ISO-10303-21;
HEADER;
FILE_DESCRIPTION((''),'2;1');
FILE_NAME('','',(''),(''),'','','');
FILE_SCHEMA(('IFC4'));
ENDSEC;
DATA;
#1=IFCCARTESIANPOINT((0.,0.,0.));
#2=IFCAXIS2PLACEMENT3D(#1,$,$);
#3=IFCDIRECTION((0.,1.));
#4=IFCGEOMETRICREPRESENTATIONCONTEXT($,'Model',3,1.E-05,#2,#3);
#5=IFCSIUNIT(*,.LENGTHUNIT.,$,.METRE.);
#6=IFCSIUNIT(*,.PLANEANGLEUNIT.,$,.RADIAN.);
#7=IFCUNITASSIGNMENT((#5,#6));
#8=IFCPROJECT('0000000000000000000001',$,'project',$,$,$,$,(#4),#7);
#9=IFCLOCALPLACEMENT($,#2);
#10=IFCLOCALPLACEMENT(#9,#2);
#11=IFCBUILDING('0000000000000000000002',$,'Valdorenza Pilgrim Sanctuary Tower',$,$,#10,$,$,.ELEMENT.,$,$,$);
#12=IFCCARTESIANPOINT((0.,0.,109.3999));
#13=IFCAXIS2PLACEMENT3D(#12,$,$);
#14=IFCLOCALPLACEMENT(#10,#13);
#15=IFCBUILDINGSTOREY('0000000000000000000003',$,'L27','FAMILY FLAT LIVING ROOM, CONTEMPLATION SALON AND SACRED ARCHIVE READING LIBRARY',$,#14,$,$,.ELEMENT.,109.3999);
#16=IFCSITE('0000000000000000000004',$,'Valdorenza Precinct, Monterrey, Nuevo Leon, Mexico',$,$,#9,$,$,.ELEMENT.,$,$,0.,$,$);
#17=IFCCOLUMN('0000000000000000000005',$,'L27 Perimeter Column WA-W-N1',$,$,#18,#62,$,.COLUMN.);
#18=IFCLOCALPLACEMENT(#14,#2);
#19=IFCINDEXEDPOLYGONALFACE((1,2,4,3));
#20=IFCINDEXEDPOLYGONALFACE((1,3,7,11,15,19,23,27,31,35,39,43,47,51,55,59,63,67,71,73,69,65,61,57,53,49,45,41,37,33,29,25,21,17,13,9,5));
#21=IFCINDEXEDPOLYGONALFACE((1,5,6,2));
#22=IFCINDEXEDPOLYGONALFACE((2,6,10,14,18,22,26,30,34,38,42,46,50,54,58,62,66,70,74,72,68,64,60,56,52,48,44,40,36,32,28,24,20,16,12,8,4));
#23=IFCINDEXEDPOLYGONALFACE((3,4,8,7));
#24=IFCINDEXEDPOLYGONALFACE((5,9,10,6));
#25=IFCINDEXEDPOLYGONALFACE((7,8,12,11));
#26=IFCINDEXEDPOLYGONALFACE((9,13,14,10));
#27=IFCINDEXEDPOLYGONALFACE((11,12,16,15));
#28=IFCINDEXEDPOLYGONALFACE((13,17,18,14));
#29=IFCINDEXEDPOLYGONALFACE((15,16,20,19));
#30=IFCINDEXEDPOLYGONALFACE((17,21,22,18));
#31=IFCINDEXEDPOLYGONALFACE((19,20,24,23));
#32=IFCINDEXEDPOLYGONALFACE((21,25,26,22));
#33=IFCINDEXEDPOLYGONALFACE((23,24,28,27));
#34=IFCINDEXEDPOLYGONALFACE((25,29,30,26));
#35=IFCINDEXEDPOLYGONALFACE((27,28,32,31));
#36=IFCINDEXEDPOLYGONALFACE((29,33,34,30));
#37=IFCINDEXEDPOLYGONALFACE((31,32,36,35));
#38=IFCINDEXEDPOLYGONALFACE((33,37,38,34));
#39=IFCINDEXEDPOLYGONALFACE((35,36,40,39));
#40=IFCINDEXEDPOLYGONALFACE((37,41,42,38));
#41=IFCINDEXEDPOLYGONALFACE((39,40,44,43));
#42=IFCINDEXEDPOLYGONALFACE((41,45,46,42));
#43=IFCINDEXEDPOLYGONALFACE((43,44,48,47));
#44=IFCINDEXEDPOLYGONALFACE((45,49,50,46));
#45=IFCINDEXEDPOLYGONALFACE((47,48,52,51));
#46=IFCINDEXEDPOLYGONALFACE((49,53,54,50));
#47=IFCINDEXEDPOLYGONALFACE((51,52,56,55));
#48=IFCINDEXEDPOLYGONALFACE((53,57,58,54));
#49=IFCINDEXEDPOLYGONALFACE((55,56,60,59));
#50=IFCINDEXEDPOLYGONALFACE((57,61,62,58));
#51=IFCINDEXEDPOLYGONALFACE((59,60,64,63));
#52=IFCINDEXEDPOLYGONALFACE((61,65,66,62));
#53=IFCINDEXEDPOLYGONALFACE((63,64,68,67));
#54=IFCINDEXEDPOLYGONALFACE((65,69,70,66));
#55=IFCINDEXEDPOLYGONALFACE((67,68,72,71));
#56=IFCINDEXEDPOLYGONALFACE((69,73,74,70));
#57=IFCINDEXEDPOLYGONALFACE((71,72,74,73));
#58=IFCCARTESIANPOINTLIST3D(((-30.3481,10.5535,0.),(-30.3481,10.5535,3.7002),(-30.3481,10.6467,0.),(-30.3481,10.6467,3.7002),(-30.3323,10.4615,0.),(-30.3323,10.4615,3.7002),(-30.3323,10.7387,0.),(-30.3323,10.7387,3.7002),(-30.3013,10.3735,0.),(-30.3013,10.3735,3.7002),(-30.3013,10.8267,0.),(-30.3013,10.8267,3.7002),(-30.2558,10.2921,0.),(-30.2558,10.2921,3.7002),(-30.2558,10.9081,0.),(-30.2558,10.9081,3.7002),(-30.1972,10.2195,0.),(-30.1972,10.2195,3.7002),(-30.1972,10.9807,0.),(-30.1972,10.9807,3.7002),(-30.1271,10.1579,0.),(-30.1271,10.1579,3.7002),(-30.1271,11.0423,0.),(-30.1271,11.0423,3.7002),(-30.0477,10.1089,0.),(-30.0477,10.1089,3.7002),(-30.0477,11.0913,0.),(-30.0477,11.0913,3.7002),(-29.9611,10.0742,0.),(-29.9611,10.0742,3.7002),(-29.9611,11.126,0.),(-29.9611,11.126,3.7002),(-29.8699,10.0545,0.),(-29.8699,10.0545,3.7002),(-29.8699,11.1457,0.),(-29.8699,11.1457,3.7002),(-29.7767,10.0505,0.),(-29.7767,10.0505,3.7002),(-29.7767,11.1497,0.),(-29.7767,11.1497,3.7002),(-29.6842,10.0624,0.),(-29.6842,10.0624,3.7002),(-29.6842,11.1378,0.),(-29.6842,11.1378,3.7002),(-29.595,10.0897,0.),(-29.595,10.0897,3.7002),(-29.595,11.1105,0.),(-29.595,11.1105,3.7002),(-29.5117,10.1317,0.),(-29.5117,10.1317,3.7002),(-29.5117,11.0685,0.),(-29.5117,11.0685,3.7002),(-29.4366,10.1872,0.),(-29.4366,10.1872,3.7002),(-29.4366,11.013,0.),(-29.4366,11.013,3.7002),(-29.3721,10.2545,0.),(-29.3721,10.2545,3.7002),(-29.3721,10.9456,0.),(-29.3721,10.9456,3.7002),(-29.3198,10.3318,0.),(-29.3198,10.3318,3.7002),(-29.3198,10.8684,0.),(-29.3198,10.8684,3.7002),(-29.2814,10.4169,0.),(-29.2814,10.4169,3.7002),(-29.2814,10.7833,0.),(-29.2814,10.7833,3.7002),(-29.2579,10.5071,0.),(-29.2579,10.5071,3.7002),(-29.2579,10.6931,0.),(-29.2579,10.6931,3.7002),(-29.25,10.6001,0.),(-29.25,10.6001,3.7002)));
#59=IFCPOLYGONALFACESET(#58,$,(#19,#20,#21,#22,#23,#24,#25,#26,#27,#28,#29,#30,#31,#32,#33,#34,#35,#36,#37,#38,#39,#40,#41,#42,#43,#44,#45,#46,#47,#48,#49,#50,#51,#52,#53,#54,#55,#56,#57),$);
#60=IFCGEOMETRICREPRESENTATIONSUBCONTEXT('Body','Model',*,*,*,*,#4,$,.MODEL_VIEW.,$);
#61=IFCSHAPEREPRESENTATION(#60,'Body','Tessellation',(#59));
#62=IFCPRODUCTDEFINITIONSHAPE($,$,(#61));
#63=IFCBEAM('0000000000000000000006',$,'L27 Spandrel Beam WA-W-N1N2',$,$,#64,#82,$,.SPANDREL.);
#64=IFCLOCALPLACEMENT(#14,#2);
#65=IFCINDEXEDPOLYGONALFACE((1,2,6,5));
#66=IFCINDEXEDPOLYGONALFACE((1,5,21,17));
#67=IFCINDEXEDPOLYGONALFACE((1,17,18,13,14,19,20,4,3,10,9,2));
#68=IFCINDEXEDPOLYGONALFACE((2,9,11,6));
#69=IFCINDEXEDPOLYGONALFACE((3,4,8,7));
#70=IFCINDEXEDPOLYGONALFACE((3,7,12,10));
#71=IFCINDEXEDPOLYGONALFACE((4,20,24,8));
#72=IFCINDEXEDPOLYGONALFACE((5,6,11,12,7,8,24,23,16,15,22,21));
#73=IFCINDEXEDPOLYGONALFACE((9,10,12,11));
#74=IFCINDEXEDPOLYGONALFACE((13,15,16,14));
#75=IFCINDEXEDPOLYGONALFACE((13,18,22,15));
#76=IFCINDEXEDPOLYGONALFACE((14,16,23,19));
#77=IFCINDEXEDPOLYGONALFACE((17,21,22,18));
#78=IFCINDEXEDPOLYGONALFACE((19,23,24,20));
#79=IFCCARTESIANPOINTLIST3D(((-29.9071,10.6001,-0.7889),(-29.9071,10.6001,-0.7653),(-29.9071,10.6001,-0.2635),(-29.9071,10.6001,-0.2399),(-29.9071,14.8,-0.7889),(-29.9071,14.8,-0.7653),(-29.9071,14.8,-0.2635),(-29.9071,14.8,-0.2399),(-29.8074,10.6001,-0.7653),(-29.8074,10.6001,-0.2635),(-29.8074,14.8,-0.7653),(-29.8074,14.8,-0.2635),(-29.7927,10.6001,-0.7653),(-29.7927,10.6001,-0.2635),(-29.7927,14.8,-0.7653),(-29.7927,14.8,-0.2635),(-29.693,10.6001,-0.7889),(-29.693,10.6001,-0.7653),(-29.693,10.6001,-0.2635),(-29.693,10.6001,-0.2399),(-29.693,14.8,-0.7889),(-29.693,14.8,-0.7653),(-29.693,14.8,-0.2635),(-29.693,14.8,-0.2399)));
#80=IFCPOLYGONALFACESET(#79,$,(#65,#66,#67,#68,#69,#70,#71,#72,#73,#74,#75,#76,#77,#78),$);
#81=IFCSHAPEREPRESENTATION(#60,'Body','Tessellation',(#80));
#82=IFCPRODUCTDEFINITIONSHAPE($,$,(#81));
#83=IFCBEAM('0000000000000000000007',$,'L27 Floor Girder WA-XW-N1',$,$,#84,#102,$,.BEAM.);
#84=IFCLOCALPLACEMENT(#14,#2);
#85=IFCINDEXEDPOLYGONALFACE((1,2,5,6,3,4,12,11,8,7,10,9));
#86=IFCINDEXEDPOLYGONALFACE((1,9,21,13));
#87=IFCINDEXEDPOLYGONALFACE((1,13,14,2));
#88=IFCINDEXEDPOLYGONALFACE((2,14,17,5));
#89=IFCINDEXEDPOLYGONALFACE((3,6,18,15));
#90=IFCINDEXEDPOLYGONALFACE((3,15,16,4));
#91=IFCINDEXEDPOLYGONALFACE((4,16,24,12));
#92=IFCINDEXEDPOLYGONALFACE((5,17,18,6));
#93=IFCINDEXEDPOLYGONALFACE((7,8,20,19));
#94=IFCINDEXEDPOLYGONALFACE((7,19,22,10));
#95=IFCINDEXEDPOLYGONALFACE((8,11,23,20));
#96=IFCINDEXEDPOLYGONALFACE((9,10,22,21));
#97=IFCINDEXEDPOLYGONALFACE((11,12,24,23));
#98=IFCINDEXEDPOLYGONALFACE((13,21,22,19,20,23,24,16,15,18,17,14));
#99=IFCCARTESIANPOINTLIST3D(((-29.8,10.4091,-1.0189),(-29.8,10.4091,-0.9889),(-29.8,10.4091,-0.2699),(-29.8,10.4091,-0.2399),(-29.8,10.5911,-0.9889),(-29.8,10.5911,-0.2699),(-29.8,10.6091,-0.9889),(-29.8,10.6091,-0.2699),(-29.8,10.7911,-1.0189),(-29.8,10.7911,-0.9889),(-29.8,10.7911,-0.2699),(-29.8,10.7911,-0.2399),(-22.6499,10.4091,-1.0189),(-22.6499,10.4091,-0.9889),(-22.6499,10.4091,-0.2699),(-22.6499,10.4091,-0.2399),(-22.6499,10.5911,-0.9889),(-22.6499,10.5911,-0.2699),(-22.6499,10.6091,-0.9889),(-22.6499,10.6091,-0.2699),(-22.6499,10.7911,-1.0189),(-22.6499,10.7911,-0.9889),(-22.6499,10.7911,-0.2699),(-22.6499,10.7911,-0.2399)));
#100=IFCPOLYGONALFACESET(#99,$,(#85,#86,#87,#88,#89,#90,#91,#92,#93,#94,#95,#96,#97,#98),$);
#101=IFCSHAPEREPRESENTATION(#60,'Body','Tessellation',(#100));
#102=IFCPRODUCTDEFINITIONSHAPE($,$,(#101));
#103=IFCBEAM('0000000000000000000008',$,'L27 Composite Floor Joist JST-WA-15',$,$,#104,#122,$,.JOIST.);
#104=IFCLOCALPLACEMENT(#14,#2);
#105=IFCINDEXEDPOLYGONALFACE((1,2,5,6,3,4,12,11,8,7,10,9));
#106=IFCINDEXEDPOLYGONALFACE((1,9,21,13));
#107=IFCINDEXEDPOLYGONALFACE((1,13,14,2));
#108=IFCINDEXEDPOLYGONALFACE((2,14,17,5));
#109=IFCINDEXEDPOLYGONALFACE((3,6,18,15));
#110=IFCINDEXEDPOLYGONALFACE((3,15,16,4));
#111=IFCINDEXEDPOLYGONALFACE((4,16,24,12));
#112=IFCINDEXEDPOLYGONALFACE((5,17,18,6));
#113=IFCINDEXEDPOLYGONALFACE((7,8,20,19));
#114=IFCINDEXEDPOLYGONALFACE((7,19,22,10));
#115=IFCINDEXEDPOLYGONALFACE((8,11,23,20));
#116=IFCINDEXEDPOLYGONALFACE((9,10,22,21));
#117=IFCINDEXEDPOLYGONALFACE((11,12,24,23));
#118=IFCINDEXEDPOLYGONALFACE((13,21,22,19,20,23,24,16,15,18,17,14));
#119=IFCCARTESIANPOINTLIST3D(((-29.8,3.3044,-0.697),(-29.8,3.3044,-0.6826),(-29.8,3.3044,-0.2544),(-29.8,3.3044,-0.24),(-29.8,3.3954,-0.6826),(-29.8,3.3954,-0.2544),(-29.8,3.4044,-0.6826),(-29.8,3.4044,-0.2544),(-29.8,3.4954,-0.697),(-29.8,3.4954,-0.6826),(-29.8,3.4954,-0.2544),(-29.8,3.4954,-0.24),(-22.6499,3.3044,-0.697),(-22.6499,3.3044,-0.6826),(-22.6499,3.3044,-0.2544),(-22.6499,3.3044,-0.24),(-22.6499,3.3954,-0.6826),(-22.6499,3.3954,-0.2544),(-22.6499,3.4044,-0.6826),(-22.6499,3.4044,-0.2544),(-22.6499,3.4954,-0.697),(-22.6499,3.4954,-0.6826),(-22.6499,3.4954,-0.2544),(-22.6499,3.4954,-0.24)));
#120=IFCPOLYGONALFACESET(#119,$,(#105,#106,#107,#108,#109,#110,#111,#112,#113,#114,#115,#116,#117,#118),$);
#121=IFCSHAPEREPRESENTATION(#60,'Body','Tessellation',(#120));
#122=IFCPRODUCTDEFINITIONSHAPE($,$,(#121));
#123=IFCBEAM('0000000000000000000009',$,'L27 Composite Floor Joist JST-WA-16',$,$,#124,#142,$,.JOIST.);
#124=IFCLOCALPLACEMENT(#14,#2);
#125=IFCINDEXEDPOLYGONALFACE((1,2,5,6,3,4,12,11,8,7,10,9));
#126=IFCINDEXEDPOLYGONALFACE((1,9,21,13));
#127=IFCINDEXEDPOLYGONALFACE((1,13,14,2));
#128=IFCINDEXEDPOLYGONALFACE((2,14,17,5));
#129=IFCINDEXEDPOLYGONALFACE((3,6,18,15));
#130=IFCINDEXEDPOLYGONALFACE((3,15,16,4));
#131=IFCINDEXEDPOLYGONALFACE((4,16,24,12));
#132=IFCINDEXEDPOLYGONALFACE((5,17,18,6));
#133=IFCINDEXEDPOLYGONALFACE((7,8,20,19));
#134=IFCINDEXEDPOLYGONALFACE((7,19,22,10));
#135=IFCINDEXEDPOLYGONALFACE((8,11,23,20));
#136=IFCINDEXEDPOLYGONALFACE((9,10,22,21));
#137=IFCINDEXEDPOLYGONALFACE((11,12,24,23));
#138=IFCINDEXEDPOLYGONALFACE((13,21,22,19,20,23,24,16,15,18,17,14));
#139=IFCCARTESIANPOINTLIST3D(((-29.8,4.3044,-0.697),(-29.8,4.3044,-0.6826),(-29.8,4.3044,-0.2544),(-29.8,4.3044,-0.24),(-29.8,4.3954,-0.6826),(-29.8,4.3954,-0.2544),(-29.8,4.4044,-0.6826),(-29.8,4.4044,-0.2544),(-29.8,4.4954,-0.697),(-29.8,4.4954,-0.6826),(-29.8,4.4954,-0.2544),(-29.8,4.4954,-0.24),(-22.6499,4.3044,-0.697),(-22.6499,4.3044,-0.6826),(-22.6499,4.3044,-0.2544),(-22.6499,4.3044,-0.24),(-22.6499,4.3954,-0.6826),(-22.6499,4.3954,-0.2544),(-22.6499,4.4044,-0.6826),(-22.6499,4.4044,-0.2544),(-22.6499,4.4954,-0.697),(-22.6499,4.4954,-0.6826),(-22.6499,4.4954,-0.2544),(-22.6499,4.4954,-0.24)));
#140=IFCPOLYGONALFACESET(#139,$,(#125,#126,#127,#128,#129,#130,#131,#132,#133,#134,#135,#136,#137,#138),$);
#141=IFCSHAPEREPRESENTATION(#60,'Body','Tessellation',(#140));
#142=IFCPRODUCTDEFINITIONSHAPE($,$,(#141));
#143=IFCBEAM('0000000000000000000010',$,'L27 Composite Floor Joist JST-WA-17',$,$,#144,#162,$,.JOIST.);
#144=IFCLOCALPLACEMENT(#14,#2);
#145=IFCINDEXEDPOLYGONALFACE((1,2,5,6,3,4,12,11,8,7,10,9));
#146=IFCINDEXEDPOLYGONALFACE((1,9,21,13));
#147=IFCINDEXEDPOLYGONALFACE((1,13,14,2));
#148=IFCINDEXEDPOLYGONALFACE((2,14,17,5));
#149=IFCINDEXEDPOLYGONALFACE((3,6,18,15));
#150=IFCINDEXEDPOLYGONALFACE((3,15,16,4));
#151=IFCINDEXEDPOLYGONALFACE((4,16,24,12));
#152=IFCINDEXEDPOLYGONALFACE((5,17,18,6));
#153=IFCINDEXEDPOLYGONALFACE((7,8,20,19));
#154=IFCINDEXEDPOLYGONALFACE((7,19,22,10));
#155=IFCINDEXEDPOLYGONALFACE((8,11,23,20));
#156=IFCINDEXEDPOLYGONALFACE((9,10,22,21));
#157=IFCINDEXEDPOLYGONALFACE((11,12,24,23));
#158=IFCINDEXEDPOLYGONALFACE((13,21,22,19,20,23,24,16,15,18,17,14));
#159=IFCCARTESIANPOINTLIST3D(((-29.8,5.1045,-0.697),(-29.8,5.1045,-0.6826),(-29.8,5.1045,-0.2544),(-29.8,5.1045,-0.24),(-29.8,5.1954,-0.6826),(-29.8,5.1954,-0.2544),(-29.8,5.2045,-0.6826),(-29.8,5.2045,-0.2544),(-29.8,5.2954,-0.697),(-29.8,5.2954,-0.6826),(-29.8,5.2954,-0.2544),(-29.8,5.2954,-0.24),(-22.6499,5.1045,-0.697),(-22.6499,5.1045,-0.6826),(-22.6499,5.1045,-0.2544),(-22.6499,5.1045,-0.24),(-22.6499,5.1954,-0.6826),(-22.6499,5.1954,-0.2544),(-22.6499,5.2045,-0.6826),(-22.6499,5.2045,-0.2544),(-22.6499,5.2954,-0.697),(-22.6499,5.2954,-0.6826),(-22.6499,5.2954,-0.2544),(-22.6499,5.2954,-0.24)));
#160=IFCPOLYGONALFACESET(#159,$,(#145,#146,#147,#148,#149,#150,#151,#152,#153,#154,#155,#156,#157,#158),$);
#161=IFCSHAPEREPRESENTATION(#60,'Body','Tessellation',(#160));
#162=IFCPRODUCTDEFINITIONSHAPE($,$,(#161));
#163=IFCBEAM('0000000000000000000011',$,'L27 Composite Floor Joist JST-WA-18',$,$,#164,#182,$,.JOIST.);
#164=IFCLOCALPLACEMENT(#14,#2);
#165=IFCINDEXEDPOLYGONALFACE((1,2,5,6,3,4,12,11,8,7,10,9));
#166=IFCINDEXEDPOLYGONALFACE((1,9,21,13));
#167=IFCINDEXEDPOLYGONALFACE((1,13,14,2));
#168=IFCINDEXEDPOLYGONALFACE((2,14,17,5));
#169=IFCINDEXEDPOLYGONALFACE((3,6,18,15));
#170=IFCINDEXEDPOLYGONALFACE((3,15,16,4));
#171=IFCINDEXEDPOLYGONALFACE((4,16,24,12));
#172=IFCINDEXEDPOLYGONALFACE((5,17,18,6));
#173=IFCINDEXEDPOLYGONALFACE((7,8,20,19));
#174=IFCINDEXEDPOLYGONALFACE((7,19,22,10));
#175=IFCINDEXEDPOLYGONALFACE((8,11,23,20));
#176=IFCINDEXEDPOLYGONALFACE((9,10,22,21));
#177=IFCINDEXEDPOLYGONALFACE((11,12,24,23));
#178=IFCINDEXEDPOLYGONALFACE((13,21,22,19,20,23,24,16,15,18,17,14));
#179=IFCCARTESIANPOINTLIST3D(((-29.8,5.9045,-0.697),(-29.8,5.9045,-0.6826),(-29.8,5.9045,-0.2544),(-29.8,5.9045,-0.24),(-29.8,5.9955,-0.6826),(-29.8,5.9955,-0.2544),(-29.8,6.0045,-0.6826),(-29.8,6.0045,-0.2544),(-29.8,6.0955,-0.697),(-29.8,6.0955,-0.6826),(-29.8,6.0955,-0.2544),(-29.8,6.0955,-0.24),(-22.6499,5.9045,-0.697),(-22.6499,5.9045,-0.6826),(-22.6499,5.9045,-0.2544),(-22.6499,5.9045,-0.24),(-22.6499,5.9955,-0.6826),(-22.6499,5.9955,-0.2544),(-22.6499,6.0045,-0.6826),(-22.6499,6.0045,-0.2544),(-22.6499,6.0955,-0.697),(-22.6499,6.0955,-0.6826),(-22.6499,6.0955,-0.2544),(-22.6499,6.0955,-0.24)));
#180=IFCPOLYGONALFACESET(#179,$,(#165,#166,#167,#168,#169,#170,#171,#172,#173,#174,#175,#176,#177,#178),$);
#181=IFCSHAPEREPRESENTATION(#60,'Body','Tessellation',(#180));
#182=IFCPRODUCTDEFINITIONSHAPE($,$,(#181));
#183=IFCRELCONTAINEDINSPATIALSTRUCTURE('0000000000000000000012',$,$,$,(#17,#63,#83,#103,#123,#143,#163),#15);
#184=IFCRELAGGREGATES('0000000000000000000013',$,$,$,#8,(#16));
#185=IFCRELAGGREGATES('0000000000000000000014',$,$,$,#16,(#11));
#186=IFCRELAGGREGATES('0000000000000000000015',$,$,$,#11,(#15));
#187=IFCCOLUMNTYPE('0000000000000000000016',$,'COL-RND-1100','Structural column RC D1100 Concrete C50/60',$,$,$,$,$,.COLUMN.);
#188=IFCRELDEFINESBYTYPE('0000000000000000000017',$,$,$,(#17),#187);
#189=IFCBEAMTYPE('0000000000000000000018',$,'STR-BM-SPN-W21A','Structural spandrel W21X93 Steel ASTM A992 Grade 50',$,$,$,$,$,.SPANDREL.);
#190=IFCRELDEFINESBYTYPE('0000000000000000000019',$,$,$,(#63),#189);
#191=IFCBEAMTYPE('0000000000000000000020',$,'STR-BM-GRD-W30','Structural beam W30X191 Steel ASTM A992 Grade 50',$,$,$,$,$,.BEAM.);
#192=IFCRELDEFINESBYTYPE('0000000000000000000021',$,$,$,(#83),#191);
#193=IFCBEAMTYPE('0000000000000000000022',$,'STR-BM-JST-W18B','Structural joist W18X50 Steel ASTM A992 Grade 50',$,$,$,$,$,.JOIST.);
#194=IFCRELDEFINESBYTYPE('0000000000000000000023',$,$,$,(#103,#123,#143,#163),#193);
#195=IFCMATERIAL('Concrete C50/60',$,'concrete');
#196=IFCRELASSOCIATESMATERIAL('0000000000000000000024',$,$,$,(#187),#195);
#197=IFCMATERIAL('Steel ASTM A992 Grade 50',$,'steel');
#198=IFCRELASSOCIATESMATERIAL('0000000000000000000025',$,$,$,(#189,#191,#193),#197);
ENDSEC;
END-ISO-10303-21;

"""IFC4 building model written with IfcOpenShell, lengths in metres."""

from ifc_helpers import new_model, si_unit, direction, frame, origin, origin_2d, place, context, subcontext, project, spatial, circle, i_section, extrude, source, transform, mapped, material, material_profile, profile_set, type_object, element, save


model = new_model("IFC4")

# Units and contexts
model_context = context("Model", 3, precision=1e-05, world=origin(), true_north=direction((0.0, 1.0)))
body_context = subcontext(model_context, "Body", "Model", "MODEL_VIEW")
ifc_project = project(units=[si_unit("LENGTHUNIT", "METRE"), si_unit("PLANEANGLEUNIT", "RADIAN")], contexts=[model_context])

# Site, building, storey
site_placement = place(None, origin())
site = spatial("IfcSite", under=ifc_project, at=site_placement, Name="Valdorenza Precinct, Monterrey, Nuevo Leon, Mexico", CompositionType="ELEMENT", RefElevation=0.0)
building_placement = place(site_placement, origin())
building = spatial("IfcBuilding", under=site, at=building_placement, Name="Valdorenza Pilgrim Sanctuary Tower", CompositionType="ELEMENT")
storey_placement = place(building_placement, frame((0.0, 0.0, 109.3999)))
storey = spatial("IfcBuildingStorey", under=building, at=storey_placement, Name="L27", Description="FAMILY FLAT LIVING ROOM, CONTEMPLATION SALON AND SACRED ARCHIVE READING LIBRARY", CompositionType="ELEMENT", Elevation=109.3999)

# Column
ifc_material_1 = material(Name="Concrete C50/60", Category="concrete")
ifc_material_profile_1 = material_profile(ifc_material_1, circle(Radius=0.55, at=origin_2d()), Name="RC D1100")
ifc_profile_set_1 = profile_set([ifc_material_profile_1], Name="Concrete C50/60")
column_type = type_object("IfcColumnType", Name="COL-RND-1100", Description="Structural column RC D1100 Concrete C50/60", PredefinedType="COLUMN", material=ifc_profile_set_1)
shared_shape_1 = source(origin(), body_context, "Body", "SweptSolid", [
    extrude(circle(Radius=0.55, at=origin_2d()), origin(), (0.0, 0.0, 1.0), 3.7002),
])
column_placement = place(storey_placement, frame((-29.8, 10.6001, 0.0), z_axis=(0.0, 0.0, 1.0), x_axis=(1.0, 0.0, 0.0)))
element("IfcColumn", 1, at=column_placement, inside=storey, type_object=column_type, Name="L27 Perimeter Column WA-W-N1", PredefinedType="COLUMN", context=body_context, shape_type="MappedRepresentation", body=[
    mapped(shared_shape_1, transform((0.0, 0.0, 0.0), x_axis=(1.0, 0.0, 0.0), y_axis=(0.0, 1.0, 0.0), z_axis=(0.0, 0.0, 1.0), scale=1.0)),
])

# Beams
ifc_material_2 = material(Name="Steel ASTM A992 Grade 50", Category="steel")
ifc_material_profile_2 = material_profile(ifc_material_2, i_section(OverallWidth=0.2141, OverallDepth=0.5491, WebThickness=0.0146, FlangeThickness=0.0237, at=origin_2d()), Name="W21X93")
ifc_profile_set_2 = profile_set([ifc_material_profile_2], Name="Steel ASTM A992 Grade 50")
beam_type_1 = type_object("IfcBeamType", Name="STR-BM-SPN-W21A", Description="Structural spandrel W21X93 Steel ASTM A992 Grade 50", PredefinedType="SPANDREL", material=ifc_profile_set_2)
shared_shape_2 = source(origin(), body_context, "Body", "SweptSolid", [
    extrude(i_section(OverallWidth=0.2141, OverallDepth=0.5491, WebThickness=0.0146, FlangeThickness=0.0237, at=origin_2d()), origin(), (0.0, 0.0, 1.0), 4.2),
])
beam_1_placement = place(storey_placement, frame((-29.8, 10.6001, -0.5144), z_axis=(0.0, 1.0, 0.0), x_axis=(-1.0, 0.0, 0.0)))
element("IfcBeam", 2, at=beam_1_placement, inside=storey, type_object=beam_type_1, Name="L27 Spandrel Beam WA-W-N1N2", PredefinedType="SPANDREL", context=body_context, shape_type="MappedRepresentation", body=[
    mapped(shared_shape_2, transform((0.0, 0.0, 0.0), x_axis=(1.0, 0.0, 0.0), y_axis=(0.0, 1.0, 0.0), z_axis=(0.0, 0.0, 1.0), scale=1.0)),
])
ifc_material_profile_3 = material_profile(ifc_material_2, i_section(OverallWidth=0.3821, OverallDepth=0.7791, WebThickness=0.0181, FlangeThickness=0.03, at=origin_2d()), Name="W30X191")
ifc_profile_set_3 = profile_set([ifc_material_profile_3], Name="Steel ASTM A992 Grade 50")
beam_type_2 = type_object("IfcBeamType", Name="STR-BM-GRD-W30", Description="Structural beam W30X191 Steel ASTM A992 Grade 50", PredefinedType="BEAM", material=ifc_profile_set_3)
shared_shape_3 = source(origin(), body_context, "Body", "SweptSolid", [
    extrude(i_section(OverallWidth=0.3821, OverallDepth=0.7791, WebThickness=0.0181, FlangeThickness=0.03, at=origin_2d()), origin(), (0.0, 0.0, 1.0), 7.1501),
])
beam_2_placement = place(storey_placement, frame((-29.8, 10.6001, -0.6294), z_axis=(1.0, 0.0, 0.0), x_axis=(0.0, 1.0, 0.0)))
element("IfcBeam", 3, at=beam_2_placement, inside=storey, type_object=beam_type_2, Name="L27 Floor Girder WA-XW-N1", PredefinedType="BEAM", context=body_context, shape_type="MappedRepresentation", body=[
    mapped(shared_shape_3, transform((0.0, 0.0, 0.0), x_axis=(1.0, 0.0, 0.0), y_axis=(0.0, 1.0, 0.0), z_axis=(0.0, 0.0, 1.0), scale=1.0)),
])
ifc_material_profile_4 = material_profile(ifc_material_2, i_section(OverallWidth=0.1909, OverallDepth=0.457, WebThickness=0.009, FlangeThickness=0.0144, at=origin_2d()), Name="W18X50")
ifc_profile_set_4 = profile_set([ifc_material_profile_4], Name="Steel ASTM A992 Grade 50")
beam_type_3 = type_object("IfcBeamType", Name="STR-BM-JST-W18B", Description="Structural joist W18X50 Steel ASTM A992 Grade 50", PredefinedType="JOIST", material=ifc_profile_set_4)
shared_shape_4 = source(origin(), body_context, "Body", "SweptSolid", [
    extrude(i_section(OverallWidth=0.1909, OverallDepth=0.457, WebThickness=0.009, FlangeThickness=0.0144, at=origin_2d()), origin(), (0.0, 0.0, 1.0), 7.1501),
])
for number, where, z_axis, x_axis, name in (
    (4, (-29.8, 3.3999, -0.4685), (1.0, 0.0, 0.0), (0.0, 1.0, 0.0), "L27 Composite Floor Joist JST-WA-15"),
    (5, (-29.8, 4.3999, -0.4685), (1.0, 0.0, 0.0), (0.0, 1.0, 0.0), "L27 Composite Floor Joist JST-WA-16"),
    (6, (-29.8, 5.2, -0.4685), (1.0, 0.0, 0.0), (0.0, 1.0, 0.0), "L27 Composite Floor Joist JST-WA-17"),
    (7, (-29.8, 6.0, -0.4685), (1.0, 0.0, 0.0), (0.0, 1.0, 0.0), "L27 Composite Floor Joist JST-WA-18"),
):
    element("IfcBeam", number, at=place(storey_placement, frame(where, z_axis=z_axis, x_axis=x_axis)), inside=storey, type_object=beam_type_3, Name=name, PredefinedType="JOIST", context=body_context, shape_type="MappedRepresentation", body=[
        mapped(shared_shape_4, transform((0.0, 0.0, 0.0), x_axis=(1.0, 0.0, 0.0), y_axis=(0.0, 1.0, 0.0), z_axis=(0.0, 0.0, 1.0), scale=1.0)),
    ])

save(model, "model.ifc")
